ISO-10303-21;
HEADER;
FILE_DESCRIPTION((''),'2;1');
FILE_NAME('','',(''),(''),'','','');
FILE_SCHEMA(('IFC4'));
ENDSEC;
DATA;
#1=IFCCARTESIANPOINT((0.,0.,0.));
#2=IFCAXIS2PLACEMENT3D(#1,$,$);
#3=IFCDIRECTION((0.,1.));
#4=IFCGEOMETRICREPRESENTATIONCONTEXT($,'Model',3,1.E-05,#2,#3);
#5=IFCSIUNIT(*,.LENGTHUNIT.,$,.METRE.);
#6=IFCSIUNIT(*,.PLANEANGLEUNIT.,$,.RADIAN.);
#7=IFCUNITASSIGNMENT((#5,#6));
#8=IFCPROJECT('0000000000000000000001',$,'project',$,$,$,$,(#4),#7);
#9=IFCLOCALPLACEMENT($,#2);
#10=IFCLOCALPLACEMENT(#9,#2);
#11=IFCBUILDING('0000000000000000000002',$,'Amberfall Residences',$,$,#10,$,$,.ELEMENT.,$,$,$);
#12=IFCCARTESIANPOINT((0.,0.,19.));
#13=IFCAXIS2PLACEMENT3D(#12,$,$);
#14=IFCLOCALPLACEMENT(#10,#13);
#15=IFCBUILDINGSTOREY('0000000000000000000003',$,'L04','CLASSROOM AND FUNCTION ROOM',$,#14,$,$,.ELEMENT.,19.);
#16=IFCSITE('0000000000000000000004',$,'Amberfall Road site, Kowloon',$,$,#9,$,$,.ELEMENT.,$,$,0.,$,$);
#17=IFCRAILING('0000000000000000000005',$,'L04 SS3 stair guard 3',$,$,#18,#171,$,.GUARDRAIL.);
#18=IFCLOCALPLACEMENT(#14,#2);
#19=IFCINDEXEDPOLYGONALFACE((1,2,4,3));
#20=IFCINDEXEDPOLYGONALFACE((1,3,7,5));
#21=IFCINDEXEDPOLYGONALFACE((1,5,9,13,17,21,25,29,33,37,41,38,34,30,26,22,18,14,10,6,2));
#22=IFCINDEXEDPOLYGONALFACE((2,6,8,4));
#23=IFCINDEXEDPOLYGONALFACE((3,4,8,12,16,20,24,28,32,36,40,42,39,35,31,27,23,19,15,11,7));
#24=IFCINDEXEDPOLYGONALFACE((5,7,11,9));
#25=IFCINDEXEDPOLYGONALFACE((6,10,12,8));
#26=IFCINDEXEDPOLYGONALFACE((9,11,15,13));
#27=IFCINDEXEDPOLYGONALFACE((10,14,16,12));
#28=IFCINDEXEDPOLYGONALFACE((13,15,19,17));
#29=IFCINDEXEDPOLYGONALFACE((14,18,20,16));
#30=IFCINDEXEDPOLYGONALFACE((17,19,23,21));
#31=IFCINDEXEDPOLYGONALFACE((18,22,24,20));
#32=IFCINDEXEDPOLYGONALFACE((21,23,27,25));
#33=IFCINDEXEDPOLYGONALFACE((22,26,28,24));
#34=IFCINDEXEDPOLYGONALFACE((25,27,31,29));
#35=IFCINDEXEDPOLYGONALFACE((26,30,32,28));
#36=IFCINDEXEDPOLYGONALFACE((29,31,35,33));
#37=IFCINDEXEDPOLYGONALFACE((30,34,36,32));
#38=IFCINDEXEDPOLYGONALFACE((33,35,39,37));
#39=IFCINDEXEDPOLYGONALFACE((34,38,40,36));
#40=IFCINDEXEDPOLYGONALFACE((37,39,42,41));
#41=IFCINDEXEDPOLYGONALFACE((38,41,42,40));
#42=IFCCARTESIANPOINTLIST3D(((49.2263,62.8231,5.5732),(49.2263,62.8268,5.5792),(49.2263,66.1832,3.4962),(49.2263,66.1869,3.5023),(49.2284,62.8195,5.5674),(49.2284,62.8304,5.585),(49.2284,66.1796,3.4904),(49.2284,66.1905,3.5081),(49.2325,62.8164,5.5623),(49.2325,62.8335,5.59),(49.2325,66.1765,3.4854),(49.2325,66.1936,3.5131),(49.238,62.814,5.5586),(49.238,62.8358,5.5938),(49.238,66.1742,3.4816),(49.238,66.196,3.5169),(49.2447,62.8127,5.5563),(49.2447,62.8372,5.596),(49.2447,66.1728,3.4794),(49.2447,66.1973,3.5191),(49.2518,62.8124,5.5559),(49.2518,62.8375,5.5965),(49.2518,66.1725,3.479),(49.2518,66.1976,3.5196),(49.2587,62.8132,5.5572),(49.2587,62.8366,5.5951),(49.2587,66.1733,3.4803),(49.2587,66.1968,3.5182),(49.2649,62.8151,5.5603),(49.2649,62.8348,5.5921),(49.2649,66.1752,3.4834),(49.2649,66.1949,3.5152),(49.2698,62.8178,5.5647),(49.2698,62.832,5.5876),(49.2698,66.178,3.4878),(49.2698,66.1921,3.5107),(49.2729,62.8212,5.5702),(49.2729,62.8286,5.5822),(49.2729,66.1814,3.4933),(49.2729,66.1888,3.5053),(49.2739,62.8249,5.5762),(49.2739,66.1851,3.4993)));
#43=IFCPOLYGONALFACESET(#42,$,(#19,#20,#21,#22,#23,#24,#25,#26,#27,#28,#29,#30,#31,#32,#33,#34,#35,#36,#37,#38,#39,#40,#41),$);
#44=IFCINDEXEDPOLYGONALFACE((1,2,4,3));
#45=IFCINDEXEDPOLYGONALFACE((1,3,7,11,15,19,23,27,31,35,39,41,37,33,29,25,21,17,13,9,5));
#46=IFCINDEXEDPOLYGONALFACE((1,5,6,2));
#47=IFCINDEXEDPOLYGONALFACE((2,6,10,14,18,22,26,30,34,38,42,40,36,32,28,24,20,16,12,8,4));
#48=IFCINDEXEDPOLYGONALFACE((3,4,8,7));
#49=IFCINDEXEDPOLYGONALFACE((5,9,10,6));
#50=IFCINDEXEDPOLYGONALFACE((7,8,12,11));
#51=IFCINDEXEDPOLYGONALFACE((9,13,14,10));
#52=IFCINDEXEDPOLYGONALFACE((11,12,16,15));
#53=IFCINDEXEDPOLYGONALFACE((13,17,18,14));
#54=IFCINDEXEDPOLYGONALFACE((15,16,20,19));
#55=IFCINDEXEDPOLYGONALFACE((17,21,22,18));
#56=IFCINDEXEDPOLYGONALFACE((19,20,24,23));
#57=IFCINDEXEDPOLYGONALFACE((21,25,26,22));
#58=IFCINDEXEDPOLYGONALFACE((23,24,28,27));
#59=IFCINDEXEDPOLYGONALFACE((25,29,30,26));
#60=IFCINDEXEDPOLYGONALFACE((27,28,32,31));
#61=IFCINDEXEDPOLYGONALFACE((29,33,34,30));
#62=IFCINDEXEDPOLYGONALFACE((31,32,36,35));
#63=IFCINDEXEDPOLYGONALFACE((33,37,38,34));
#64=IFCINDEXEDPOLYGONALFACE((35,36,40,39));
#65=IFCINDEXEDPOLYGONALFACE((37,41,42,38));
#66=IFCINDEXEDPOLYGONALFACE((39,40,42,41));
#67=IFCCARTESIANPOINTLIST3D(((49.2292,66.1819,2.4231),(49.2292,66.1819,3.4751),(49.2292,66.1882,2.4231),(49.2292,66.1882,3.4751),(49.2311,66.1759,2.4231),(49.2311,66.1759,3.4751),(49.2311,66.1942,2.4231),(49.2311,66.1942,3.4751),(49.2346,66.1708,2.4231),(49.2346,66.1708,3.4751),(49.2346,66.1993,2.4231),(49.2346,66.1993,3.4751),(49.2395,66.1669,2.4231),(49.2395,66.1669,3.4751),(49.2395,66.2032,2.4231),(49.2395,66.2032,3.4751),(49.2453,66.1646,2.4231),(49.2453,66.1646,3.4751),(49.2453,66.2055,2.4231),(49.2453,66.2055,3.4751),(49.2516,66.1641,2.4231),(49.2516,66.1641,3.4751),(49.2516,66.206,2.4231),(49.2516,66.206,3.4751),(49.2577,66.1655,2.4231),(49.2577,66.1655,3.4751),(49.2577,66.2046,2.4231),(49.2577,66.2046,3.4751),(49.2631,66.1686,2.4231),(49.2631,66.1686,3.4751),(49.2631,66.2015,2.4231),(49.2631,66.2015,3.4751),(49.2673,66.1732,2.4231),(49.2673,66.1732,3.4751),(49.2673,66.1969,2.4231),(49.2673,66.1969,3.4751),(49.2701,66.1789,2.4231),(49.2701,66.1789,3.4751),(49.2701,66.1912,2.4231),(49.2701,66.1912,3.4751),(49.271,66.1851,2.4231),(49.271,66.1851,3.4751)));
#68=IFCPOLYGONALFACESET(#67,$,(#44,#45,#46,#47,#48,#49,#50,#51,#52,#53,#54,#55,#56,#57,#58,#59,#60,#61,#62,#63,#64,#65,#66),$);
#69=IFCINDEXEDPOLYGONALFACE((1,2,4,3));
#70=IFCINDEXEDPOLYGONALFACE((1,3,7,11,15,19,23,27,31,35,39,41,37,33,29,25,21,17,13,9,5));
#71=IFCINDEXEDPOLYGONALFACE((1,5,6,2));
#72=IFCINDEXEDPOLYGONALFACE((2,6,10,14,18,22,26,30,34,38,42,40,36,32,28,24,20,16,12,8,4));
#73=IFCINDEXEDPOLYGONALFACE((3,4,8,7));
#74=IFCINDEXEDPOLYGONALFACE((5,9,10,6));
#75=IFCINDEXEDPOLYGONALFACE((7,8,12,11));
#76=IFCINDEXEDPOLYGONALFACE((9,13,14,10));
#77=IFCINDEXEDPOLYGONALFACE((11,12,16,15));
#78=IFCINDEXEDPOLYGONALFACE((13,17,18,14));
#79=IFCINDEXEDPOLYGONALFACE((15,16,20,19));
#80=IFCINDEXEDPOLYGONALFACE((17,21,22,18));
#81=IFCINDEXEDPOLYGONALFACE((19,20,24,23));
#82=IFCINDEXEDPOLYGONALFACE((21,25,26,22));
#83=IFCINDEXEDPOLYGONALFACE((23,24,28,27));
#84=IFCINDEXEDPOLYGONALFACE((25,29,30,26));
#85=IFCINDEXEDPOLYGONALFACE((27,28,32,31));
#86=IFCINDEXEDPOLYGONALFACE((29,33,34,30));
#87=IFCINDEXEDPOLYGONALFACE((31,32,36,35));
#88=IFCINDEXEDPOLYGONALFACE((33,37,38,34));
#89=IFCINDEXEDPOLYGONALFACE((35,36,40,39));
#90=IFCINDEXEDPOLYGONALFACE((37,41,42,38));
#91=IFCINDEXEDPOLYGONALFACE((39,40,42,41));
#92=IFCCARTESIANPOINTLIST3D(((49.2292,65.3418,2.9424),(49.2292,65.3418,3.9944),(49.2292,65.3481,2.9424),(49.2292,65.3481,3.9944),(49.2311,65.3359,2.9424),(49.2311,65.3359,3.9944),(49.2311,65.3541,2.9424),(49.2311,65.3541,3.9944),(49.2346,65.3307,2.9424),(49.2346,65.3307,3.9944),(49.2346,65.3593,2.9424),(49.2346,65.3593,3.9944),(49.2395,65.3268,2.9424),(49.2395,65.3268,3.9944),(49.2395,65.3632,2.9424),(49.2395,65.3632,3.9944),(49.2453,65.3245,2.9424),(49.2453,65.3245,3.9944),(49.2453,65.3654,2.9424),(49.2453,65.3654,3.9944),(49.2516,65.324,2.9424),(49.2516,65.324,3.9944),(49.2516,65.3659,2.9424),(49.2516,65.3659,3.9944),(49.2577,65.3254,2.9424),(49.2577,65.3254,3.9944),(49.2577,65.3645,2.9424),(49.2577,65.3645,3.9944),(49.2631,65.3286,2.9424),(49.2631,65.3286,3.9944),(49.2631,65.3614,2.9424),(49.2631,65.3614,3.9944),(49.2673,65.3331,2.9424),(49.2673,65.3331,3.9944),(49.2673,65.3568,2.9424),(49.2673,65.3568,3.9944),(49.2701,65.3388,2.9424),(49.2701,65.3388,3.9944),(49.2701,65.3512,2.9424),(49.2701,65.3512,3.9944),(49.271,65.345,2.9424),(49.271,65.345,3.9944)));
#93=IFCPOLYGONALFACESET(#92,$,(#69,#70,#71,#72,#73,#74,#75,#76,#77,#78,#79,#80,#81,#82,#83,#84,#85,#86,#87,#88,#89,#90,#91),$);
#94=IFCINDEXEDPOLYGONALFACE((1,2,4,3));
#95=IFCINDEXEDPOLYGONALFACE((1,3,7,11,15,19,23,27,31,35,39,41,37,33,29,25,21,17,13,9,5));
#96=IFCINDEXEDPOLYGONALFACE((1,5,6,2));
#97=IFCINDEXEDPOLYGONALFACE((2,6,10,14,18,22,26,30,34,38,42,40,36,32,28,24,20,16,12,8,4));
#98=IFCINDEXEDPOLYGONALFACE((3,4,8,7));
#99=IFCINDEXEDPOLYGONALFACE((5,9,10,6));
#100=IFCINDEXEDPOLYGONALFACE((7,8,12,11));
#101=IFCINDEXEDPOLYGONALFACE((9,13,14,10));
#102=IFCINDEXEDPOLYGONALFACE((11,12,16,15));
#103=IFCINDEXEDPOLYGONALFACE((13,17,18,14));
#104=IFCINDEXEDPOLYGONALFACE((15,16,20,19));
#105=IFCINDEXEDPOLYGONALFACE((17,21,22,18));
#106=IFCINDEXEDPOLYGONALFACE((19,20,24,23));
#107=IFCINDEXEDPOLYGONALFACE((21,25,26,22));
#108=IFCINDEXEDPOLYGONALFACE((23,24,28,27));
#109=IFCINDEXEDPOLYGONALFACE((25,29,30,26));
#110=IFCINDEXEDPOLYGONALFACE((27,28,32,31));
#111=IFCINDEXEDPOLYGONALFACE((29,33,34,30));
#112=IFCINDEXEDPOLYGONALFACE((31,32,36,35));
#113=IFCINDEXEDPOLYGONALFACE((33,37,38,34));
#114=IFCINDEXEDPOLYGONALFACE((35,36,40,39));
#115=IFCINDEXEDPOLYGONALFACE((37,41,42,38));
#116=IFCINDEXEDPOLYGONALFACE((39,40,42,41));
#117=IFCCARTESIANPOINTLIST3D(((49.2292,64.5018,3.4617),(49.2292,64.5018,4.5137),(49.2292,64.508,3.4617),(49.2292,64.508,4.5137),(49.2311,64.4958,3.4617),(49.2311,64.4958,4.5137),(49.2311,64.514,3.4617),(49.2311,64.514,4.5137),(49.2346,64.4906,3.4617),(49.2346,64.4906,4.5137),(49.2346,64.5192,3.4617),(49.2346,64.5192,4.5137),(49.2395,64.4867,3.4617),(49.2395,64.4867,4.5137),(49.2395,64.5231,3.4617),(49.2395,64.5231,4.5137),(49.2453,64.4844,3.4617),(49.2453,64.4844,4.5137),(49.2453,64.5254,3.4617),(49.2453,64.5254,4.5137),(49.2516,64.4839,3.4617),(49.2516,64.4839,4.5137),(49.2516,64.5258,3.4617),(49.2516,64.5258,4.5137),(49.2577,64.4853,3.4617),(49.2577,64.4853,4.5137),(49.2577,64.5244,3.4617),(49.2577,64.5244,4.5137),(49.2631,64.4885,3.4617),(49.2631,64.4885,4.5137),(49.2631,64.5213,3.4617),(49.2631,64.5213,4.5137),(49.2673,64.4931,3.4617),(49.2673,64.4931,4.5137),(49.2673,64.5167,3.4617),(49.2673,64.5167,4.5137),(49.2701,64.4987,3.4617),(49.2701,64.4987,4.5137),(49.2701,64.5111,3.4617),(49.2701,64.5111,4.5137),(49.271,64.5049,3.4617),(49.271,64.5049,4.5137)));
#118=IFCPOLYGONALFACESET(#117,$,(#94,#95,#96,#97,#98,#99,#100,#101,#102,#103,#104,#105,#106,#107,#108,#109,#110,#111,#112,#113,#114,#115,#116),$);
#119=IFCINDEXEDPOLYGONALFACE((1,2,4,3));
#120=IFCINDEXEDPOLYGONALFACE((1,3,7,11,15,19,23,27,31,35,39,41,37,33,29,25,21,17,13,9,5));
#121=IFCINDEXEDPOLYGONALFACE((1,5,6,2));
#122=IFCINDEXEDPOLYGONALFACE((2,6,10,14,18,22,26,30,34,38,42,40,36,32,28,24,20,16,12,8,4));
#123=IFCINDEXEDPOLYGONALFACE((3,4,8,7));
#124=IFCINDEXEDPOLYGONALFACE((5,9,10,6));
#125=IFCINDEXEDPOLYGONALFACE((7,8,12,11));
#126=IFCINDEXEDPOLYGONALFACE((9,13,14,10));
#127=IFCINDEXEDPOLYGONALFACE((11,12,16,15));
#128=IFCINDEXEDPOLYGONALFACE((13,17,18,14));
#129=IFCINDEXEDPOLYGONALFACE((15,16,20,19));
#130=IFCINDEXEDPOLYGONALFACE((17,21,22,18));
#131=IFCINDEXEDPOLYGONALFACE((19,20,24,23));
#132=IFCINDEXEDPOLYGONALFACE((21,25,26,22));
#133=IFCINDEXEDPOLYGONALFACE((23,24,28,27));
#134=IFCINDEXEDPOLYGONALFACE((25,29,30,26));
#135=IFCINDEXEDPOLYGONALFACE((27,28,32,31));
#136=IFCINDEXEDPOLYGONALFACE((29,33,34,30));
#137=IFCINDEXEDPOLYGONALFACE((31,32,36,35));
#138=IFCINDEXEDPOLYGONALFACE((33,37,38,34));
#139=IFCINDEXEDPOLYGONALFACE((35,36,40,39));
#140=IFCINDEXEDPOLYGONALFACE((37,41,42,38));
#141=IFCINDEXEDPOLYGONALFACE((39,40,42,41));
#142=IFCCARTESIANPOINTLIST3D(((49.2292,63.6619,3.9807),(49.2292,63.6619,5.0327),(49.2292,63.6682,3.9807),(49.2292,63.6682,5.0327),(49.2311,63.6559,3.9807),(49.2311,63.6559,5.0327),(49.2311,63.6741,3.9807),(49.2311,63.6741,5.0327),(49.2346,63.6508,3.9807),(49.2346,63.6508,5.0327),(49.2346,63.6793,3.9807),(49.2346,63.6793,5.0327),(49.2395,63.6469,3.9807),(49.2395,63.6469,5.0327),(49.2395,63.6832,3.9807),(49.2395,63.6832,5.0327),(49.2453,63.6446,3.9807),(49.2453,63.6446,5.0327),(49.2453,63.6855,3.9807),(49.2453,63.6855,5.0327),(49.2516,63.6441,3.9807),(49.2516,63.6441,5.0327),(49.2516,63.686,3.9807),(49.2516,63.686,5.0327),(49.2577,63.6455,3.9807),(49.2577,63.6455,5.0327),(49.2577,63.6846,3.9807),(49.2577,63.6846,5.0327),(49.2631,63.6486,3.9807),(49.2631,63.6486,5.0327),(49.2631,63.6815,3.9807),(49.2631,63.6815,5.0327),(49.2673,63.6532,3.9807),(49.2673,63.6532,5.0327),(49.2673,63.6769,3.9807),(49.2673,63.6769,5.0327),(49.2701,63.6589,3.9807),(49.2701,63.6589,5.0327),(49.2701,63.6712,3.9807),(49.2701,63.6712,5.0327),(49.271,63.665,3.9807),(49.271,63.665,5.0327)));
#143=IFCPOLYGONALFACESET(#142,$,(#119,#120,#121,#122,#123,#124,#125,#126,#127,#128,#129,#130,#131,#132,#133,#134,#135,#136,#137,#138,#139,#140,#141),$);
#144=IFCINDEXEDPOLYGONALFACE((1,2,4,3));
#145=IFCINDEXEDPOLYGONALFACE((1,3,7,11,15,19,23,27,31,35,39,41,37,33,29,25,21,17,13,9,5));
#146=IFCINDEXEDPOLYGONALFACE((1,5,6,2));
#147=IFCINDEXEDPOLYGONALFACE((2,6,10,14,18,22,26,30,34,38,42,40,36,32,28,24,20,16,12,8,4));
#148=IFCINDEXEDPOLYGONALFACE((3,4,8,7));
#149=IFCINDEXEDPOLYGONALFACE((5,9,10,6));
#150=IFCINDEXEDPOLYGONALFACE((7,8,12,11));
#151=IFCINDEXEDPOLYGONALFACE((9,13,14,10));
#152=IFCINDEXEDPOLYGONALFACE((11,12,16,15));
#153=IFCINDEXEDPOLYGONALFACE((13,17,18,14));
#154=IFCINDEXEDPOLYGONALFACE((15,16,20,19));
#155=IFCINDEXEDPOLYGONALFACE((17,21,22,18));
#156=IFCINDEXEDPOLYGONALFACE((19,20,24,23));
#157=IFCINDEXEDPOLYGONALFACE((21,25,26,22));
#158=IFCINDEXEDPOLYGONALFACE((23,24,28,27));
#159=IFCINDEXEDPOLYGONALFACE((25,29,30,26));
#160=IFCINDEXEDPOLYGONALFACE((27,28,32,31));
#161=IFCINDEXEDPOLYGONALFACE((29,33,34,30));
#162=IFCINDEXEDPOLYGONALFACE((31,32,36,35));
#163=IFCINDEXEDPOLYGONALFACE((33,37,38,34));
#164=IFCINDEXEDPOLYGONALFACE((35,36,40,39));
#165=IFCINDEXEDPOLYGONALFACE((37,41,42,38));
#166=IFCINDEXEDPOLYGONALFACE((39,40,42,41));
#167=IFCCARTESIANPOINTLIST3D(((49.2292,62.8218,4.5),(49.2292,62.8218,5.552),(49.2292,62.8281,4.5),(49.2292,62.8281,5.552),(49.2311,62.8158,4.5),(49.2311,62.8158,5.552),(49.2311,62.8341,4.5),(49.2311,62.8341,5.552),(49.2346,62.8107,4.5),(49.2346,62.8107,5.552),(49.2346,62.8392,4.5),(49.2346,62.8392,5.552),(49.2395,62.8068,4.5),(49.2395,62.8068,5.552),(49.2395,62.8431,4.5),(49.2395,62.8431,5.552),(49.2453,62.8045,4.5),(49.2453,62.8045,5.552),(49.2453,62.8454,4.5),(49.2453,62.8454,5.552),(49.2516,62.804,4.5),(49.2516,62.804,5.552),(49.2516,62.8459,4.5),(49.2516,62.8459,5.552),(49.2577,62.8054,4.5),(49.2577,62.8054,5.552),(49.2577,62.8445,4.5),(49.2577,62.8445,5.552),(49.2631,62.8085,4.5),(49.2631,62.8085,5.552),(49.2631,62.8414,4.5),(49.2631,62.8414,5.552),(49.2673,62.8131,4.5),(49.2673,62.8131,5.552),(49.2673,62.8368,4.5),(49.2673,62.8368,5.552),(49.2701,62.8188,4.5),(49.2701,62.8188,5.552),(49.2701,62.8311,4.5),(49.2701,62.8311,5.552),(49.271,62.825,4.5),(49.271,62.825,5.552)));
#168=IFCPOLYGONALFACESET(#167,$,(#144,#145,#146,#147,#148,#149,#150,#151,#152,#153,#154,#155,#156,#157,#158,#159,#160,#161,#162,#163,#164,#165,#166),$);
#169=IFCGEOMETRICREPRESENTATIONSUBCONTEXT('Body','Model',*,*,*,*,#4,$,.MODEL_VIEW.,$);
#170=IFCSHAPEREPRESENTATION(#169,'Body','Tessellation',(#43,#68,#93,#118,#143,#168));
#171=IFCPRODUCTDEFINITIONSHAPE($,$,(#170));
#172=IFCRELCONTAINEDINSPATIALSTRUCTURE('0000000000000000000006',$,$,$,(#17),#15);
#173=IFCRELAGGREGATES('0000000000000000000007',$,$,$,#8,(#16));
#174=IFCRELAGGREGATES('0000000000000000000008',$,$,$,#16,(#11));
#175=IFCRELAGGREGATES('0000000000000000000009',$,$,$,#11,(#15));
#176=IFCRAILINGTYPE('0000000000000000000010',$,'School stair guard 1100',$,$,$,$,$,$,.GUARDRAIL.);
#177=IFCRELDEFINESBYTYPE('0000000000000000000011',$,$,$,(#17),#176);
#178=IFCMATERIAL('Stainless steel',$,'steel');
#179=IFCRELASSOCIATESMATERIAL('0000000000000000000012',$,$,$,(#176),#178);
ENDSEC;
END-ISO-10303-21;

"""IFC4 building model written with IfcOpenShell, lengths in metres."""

from ifc_helpers import new_model, si_unit, direction, frame, origin, origin_2d, place, context, subcontext, project, spatial, circle, extrude, material, type_object, element, save


model = new_model("IFC4")

# Units and contexts
model_context = context("Model", 3, precision=1e-05, world=origin(), true_north=direction((0.0, 1.0)))
body_context = subcontext(model_context, "Body", "Model", "MODEL_VIEW")
ifc_project = project(units=[si_unit("LENGTHUNIT", "METRE"), si_unit("PLANEANGLEUNIT", "RADIAN")], contexts=[model_context])

# Site, building, storey
site_placement = place(None, origin())
site = spatial("IfcSite", under=ifc_project, at=site_placement, Name="Amberfall Road site, Kowloon", CompositionType="ELEMENT", RefElevation=0.0)
building_placement = place(site_placement, origin())
building = spatial("IfcBuilding", under=site, at=building_placement, Name="Amberfall Residences", CompositionType="ELEMENT")
storey_placement = place(building_placement, frame((0.0, 0.0, 19.0)))
storey = spatial("IfcBuildingStorey", under=building, at=storey_placement, Name="L04", Description="CLASSROOM AND FUNCTION ROOM", CompositionType="ELEMENT", Elevation=19.0)

# Railing
ifc_material_1 = material(Name="Stainless steel", Category="steel")
railing_type_1 = type_object("IfcRailingType", Name="School stair guard 1100", PredefinedType="GUARDRAIL", material=ifc_material_1)
railing_1_placement = place(storey_placement, frame((49.25, 66.1851, 2.4231)))
element("IfcRailing", 1, at=railing_1_placement, inside=storey, type_object=railing_type_1, Name="L04 SS3 stair guard 3", PredefinedType="GUARDRAIL", context=body_context, shape_type="SweptSolid", body=[
    extrude(circle(Radius=0.0239, at=origin_2d()), frame((0.0, 0.0, 1.0762), z_axis=(0.0, -0.850623, 0.525776), x_axis=(1.0, 0.0, 0.0)), (0.0, 0.0, 1.0), 3.9502),
    extrude(circle(Radius=0.021, at=origin_2d()), origin(), (0.0, 0.0, 1.0), 1.052),
    extrude(circle(Radius=0.021, at=origin_2d()), frame((0.0, -0.8401, 0.5193)), (0.0, 0.0, 1.0), 1.052),
    extrude(circle(Radius=0.021, at=origin_2d()), frame((0.0, -1.6802, 1.0386)), (0.0, 0.0, 1.0), 1.052),
    extrude(circle(Radius=0.021, at=origin_2d()), frame((0.0, -2.52, 1.5576)), (0.0, 0.0, 1.0), 1.052),
    extrude(circle(Radius=0.021, at=origin_2d()), frame((0.0, -3.3601, 2.0769)), (0.0, 0.0, 1.0), 1.052),
])

save(model, "model.ifc")
